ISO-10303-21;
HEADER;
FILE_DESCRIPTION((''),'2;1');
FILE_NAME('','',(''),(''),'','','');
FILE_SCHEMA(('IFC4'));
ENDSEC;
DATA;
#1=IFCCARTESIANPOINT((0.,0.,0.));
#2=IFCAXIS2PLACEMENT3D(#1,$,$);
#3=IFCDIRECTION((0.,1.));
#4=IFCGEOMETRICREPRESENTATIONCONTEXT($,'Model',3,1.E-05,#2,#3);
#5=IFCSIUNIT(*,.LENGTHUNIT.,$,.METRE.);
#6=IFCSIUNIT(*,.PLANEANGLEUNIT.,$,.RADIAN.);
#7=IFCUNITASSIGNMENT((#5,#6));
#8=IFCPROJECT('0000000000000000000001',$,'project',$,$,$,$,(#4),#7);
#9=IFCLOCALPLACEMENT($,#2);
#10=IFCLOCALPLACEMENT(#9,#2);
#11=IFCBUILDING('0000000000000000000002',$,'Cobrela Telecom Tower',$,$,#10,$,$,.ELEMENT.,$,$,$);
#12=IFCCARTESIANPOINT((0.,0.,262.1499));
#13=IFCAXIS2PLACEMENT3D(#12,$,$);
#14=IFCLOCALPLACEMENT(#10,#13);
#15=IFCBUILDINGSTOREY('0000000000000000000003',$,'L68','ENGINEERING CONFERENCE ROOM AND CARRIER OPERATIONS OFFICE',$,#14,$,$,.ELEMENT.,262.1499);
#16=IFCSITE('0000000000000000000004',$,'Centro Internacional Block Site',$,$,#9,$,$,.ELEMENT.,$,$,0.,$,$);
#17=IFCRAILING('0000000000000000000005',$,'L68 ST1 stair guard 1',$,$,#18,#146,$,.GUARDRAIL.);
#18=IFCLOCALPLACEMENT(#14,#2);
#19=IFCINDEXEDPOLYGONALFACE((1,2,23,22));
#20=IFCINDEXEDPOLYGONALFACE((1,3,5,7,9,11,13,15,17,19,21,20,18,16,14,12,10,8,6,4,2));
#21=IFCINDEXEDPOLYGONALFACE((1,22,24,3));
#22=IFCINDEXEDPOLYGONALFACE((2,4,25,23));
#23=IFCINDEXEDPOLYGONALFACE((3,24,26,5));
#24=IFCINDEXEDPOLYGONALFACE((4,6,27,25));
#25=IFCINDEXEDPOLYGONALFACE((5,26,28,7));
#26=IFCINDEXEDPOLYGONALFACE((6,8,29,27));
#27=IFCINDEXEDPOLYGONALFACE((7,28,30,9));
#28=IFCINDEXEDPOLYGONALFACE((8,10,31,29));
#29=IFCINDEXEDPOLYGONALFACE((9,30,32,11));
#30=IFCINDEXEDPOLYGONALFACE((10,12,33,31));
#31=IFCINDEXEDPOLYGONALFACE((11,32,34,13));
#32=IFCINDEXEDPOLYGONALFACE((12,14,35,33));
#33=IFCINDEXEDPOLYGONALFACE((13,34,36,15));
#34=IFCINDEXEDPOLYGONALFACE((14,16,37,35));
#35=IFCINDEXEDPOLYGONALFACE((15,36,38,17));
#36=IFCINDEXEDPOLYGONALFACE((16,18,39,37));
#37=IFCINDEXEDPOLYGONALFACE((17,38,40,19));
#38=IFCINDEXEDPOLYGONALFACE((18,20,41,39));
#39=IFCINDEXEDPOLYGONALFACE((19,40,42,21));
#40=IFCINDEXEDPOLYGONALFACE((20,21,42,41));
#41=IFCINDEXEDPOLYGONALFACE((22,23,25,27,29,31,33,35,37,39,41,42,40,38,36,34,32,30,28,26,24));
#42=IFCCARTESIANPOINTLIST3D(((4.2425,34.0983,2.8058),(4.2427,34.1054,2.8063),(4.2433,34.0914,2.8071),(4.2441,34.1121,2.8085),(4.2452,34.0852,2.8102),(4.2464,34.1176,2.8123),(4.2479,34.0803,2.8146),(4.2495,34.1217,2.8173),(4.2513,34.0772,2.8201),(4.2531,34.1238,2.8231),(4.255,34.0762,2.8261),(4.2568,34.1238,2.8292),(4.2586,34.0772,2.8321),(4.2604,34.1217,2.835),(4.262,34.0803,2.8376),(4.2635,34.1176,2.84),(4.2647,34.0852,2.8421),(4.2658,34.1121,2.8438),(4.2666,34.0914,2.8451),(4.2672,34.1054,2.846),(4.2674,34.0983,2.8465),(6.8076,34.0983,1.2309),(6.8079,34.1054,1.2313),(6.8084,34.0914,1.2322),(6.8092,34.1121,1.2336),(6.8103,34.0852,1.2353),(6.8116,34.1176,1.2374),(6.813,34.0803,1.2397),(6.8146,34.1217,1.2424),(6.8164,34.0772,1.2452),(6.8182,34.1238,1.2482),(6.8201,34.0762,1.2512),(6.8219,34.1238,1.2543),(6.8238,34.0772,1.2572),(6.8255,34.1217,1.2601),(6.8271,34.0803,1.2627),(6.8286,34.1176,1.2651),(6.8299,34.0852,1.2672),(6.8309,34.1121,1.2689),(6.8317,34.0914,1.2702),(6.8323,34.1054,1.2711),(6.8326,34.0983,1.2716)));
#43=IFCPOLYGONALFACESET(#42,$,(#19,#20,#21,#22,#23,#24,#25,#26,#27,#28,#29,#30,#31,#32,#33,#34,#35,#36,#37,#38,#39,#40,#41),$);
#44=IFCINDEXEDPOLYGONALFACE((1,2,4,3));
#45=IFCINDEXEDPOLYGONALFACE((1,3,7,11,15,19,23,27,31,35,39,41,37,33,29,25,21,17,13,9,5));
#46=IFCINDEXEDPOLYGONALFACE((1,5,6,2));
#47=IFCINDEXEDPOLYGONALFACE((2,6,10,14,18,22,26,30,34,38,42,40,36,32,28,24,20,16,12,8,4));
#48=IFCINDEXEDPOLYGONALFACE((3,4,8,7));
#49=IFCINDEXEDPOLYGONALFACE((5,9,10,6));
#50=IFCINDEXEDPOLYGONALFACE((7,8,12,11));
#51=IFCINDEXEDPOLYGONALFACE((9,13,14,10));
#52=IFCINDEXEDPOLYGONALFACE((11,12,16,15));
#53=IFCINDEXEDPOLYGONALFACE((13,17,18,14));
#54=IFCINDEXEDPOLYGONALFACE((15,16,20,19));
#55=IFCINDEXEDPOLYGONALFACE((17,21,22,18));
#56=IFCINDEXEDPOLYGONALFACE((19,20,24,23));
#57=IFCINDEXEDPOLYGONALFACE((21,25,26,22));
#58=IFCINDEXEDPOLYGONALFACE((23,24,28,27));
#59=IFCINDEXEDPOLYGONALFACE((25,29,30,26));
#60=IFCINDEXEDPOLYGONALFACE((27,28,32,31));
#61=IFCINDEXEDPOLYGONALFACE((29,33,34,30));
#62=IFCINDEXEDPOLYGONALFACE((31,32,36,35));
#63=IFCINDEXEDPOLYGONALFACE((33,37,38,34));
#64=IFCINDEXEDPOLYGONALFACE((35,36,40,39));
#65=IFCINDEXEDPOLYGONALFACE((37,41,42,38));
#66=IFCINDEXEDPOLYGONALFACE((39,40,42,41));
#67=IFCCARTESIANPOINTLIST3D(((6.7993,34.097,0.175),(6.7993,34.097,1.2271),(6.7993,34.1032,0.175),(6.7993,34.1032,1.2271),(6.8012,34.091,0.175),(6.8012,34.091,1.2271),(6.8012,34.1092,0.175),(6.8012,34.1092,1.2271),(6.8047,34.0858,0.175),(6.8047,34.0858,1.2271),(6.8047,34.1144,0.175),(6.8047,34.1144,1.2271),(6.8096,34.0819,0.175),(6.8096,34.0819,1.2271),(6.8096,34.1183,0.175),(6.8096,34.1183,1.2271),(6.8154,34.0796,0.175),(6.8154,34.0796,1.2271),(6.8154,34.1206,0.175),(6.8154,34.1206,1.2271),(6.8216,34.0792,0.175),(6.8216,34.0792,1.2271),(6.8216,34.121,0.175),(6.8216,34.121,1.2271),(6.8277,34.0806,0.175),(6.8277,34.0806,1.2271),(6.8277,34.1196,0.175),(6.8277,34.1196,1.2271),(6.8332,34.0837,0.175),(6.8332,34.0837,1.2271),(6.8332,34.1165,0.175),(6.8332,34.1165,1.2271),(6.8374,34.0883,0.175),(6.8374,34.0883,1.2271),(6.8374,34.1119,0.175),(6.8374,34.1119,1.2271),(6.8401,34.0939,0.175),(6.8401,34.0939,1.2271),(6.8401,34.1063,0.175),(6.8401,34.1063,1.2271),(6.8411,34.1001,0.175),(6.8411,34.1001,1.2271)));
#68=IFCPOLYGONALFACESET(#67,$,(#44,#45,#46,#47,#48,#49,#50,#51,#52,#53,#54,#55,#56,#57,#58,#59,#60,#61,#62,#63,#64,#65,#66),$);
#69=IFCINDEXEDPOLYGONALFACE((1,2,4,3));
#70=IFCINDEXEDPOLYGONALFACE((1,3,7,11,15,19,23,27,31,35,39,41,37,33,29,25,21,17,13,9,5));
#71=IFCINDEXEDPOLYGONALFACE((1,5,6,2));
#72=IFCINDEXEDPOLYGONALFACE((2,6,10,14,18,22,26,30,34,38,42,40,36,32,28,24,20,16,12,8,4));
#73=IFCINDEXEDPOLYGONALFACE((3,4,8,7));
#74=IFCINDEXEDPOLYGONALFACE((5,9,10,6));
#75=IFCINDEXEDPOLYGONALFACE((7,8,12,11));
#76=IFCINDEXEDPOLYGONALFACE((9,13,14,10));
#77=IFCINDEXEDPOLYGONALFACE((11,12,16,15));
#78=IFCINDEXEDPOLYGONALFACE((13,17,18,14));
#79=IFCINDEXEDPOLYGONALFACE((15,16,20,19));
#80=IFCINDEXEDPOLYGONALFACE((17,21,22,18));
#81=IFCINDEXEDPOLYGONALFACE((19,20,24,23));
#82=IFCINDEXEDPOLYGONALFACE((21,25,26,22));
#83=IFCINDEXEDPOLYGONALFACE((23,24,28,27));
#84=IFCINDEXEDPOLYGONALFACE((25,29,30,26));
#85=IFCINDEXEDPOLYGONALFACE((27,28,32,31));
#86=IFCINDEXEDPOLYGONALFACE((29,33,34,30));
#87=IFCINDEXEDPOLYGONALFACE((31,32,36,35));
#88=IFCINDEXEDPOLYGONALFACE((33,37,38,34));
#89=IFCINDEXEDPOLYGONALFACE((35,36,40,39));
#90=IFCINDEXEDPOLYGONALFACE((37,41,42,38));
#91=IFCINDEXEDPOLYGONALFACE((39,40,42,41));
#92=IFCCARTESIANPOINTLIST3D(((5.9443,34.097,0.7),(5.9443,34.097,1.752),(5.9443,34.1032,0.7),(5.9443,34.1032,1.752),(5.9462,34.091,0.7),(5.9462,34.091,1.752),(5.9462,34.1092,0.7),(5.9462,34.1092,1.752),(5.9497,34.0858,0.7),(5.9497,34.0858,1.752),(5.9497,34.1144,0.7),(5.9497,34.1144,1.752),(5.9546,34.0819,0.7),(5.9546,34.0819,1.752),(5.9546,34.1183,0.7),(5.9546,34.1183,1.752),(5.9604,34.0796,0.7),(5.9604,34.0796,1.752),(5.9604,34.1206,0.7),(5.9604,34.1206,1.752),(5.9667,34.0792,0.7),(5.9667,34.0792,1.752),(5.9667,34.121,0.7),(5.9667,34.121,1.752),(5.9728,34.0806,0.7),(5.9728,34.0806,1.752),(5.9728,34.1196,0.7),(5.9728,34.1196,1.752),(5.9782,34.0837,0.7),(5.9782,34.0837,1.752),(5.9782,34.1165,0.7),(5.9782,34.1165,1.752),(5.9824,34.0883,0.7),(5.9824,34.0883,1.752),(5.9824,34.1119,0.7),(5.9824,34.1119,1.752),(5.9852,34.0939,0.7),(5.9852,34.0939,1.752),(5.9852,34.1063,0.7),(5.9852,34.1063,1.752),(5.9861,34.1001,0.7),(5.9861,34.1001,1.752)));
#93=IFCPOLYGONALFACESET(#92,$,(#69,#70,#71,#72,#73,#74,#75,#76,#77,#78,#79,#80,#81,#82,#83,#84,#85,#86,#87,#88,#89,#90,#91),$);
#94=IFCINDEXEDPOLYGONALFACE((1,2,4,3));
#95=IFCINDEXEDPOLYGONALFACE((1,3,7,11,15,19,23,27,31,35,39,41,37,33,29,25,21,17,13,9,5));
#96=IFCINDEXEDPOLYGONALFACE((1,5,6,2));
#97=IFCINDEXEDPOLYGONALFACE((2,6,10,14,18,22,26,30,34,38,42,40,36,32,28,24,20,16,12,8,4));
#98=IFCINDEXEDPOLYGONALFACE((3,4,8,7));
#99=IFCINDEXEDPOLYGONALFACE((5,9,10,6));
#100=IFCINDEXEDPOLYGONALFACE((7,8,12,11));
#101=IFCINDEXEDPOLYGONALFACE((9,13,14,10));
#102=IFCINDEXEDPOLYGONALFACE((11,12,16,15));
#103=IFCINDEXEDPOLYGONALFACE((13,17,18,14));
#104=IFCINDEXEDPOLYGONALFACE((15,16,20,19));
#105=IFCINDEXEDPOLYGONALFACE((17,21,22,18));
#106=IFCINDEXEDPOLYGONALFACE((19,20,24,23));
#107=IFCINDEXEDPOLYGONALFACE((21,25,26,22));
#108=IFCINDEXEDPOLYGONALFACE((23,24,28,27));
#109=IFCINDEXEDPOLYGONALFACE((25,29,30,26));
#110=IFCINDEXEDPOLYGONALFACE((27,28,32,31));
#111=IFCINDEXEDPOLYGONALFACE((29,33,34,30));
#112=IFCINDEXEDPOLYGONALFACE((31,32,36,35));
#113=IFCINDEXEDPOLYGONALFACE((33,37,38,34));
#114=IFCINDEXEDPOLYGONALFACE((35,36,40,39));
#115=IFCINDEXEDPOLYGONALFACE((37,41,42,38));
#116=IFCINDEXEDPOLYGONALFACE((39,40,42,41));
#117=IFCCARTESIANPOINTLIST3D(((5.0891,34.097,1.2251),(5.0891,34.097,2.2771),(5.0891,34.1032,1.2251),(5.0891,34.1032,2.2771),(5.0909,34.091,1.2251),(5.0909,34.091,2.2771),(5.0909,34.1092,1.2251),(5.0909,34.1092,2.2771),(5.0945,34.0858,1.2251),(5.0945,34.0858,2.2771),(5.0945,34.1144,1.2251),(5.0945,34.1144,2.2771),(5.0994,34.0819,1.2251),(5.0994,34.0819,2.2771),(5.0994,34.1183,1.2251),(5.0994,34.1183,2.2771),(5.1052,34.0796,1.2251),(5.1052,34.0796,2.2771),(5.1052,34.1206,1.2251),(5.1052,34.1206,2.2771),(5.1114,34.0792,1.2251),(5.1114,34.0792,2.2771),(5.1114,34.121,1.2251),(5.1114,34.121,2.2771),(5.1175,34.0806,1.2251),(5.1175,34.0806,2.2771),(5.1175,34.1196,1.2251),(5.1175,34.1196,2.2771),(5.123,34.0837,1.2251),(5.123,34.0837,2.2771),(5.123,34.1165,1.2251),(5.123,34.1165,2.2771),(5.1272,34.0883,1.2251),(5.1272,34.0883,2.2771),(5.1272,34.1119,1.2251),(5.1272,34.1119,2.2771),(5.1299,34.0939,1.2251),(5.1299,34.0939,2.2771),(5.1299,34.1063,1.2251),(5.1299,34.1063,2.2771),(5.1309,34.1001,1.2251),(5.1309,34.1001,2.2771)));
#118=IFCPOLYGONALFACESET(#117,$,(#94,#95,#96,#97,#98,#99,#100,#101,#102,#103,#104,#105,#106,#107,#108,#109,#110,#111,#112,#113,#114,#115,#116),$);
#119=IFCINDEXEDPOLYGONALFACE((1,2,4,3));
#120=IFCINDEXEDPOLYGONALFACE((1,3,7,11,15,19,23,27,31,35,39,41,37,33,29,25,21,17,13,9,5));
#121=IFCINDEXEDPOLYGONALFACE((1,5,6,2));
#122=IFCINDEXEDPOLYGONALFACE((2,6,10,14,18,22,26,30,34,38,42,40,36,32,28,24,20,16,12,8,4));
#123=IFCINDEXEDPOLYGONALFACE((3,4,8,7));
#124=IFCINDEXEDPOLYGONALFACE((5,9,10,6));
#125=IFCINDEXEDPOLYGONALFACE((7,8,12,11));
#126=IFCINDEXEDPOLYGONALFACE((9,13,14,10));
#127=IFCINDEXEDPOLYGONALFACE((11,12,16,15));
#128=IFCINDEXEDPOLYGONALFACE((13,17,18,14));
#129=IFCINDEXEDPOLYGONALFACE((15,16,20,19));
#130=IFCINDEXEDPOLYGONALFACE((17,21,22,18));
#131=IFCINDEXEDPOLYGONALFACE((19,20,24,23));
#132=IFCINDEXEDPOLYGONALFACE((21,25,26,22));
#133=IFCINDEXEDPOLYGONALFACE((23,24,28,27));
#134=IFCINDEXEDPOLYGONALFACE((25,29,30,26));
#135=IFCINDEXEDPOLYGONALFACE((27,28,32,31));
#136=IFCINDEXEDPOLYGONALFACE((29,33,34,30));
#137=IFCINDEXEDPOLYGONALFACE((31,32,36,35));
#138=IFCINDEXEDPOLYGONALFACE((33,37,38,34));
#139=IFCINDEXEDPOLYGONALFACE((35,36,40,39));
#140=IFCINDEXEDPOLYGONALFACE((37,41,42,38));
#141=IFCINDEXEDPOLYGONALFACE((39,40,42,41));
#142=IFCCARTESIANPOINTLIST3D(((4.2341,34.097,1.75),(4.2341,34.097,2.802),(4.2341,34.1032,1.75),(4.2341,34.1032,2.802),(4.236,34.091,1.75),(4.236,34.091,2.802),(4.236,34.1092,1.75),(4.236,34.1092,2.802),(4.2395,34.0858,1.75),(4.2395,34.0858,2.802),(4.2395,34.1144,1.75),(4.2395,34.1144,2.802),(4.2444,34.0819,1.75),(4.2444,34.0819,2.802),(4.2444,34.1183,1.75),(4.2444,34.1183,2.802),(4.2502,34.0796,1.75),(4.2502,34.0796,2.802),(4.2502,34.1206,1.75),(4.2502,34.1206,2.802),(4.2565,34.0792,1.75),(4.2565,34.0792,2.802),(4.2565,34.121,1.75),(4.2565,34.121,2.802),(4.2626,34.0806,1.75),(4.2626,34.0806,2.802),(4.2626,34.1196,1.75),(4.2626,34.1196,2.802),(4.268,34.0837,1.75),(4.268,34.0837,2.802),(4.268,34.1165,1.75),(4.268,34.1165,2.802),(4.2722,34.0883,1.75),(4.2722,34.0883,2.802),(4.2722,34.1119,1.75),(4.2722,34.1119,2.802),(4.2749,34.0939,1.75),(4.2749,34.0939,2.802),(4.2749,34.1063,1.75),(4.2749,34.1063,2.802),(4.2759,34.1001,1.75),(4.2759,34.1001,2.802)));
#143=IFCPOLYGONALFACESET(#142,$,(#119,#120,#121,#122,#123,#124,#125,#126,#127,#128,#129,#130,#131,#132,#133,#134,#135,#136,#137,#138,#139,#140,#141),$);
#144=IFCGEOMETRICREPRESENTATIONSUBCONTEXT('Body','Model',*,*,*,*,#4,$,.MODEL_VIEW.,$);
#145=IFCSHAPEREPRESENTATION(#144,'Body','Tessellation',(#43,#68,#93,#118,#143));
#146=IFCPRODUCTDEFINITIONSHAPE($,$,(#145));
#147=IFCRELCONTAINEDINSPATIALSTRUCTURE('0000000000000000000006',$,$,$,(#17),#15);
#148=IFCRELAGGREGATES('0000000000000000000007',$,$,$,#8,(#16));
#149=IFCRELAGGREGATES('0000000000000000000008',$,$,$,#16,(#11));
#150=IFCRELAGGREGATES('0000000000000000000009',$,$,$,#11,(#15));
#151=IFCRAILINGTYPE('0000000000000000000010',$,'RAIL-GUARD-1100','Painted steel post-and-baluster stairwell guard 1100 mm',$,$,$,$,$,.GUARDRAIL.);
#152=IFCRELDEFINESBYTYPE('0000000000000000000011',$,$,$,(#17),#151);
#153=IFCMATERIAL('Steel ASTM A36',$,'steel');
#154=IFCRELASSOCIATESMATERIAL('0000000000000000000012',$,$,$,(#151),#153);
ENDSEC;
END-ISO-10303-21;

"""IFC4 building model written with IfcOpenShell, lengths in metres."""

from ifc_helpers import new_model, si_unit, direction, frame, origin, origin_2d, place, context, subcontext, project, spatial, circle, extrude, material, type_object, element, save


model = new_model("IFC4")

# Units and contexts
model_context = context("Model", 3, precision=1e-05, world=origin(), true_north=direction((0.0, 1.0)))
body_context = subcontext(model_context, "Body", "Model", "MODEL_VIEW")
ifc_project = project(units=[si_unit("LENGTHUNIT", "METRE"), si_unit("PLANEANGLEUNIT", "RADIAN")], contexts=[model_context])

# Site, building, storey
site_placement = place(None, origin())
site = spatial("IfcSite", under=ifc_project, at=site_placement, Name="Centro Internacional Block Site", CompositionType="ELEMENT", RefElevation=0.0)
building_placement = place(site_placement, origin())
building = spatial("IfcBuilding", under=site, at=building_placement, Name="Cobrela Telecom Tower", CompositionType="ELEMENT")
storey_placement = place(building_placement, frame((0.0, 0.0, 262.1499)))
storey = spatial("IfcBuildingStorey", under=building, at=storey_placement, Name="L68", Description="ENGINEERING CONFERENCE ROOM AND CARRIER OPERATIONS OFFICE", CompositionType="ELEMENT", Elevation=262.1499)

# Shared definitions
ifc_material_1 = material(Name="Steel ASTM A36", Category="steel")

# Railing
railing_type_1 = type_object("IfcRailingType", Name="RAIL-GUARD-1100", Description="Painted steel post-and-baluster stairwell guard 1100 mm", PredefinedType="GUARDRAIL", material=ifc_material_1)
railing_1_placement = place(storey_placement, frame((6.8201, 34.1001, 0.175)))
element("IfcRailing", 1, at=railing_1_placement, inside=storey, type_object=railing_type_1, Name="L68 ST1 stair guard 1", PredefinedType="GUARDRAIL", context=body_context, shape_type="SweptSolid", body=[
    extrude(circle(Radius=0.0239, at=origin_2d()), frame((0.0, 0.0, 1.0762), z_axis=(-0.852195, 0.0, 0.523224), x_axis=(0.0, -1.0, 0.0)), (0.0, 0.0, 1.0), 3.01),
    extrude(circle(Radius=0.021, at=origin_2d()), origin(), (0.0, 0.0, 1.0), 1.052),
    extrude(circle(Radius=0.021, at=origin_2d()), frame((-0.855, 0.0, 0.5249)), (0.0, 0.0, 1.0), 1.052),
    extrude(circle(Radius=0.021, at=origin_2d()), frame((-1.7102, 0.0, 1.05)), (0.0, 0.0, 1.0), 1.052),
    extrude(circle(Radius=0.021, at=origin_2d()), frame((-2.5652, 0.0, 1.575)), (0.0, 0.0, 1.0), 1.052),
])

save(model, "model.ifc")
